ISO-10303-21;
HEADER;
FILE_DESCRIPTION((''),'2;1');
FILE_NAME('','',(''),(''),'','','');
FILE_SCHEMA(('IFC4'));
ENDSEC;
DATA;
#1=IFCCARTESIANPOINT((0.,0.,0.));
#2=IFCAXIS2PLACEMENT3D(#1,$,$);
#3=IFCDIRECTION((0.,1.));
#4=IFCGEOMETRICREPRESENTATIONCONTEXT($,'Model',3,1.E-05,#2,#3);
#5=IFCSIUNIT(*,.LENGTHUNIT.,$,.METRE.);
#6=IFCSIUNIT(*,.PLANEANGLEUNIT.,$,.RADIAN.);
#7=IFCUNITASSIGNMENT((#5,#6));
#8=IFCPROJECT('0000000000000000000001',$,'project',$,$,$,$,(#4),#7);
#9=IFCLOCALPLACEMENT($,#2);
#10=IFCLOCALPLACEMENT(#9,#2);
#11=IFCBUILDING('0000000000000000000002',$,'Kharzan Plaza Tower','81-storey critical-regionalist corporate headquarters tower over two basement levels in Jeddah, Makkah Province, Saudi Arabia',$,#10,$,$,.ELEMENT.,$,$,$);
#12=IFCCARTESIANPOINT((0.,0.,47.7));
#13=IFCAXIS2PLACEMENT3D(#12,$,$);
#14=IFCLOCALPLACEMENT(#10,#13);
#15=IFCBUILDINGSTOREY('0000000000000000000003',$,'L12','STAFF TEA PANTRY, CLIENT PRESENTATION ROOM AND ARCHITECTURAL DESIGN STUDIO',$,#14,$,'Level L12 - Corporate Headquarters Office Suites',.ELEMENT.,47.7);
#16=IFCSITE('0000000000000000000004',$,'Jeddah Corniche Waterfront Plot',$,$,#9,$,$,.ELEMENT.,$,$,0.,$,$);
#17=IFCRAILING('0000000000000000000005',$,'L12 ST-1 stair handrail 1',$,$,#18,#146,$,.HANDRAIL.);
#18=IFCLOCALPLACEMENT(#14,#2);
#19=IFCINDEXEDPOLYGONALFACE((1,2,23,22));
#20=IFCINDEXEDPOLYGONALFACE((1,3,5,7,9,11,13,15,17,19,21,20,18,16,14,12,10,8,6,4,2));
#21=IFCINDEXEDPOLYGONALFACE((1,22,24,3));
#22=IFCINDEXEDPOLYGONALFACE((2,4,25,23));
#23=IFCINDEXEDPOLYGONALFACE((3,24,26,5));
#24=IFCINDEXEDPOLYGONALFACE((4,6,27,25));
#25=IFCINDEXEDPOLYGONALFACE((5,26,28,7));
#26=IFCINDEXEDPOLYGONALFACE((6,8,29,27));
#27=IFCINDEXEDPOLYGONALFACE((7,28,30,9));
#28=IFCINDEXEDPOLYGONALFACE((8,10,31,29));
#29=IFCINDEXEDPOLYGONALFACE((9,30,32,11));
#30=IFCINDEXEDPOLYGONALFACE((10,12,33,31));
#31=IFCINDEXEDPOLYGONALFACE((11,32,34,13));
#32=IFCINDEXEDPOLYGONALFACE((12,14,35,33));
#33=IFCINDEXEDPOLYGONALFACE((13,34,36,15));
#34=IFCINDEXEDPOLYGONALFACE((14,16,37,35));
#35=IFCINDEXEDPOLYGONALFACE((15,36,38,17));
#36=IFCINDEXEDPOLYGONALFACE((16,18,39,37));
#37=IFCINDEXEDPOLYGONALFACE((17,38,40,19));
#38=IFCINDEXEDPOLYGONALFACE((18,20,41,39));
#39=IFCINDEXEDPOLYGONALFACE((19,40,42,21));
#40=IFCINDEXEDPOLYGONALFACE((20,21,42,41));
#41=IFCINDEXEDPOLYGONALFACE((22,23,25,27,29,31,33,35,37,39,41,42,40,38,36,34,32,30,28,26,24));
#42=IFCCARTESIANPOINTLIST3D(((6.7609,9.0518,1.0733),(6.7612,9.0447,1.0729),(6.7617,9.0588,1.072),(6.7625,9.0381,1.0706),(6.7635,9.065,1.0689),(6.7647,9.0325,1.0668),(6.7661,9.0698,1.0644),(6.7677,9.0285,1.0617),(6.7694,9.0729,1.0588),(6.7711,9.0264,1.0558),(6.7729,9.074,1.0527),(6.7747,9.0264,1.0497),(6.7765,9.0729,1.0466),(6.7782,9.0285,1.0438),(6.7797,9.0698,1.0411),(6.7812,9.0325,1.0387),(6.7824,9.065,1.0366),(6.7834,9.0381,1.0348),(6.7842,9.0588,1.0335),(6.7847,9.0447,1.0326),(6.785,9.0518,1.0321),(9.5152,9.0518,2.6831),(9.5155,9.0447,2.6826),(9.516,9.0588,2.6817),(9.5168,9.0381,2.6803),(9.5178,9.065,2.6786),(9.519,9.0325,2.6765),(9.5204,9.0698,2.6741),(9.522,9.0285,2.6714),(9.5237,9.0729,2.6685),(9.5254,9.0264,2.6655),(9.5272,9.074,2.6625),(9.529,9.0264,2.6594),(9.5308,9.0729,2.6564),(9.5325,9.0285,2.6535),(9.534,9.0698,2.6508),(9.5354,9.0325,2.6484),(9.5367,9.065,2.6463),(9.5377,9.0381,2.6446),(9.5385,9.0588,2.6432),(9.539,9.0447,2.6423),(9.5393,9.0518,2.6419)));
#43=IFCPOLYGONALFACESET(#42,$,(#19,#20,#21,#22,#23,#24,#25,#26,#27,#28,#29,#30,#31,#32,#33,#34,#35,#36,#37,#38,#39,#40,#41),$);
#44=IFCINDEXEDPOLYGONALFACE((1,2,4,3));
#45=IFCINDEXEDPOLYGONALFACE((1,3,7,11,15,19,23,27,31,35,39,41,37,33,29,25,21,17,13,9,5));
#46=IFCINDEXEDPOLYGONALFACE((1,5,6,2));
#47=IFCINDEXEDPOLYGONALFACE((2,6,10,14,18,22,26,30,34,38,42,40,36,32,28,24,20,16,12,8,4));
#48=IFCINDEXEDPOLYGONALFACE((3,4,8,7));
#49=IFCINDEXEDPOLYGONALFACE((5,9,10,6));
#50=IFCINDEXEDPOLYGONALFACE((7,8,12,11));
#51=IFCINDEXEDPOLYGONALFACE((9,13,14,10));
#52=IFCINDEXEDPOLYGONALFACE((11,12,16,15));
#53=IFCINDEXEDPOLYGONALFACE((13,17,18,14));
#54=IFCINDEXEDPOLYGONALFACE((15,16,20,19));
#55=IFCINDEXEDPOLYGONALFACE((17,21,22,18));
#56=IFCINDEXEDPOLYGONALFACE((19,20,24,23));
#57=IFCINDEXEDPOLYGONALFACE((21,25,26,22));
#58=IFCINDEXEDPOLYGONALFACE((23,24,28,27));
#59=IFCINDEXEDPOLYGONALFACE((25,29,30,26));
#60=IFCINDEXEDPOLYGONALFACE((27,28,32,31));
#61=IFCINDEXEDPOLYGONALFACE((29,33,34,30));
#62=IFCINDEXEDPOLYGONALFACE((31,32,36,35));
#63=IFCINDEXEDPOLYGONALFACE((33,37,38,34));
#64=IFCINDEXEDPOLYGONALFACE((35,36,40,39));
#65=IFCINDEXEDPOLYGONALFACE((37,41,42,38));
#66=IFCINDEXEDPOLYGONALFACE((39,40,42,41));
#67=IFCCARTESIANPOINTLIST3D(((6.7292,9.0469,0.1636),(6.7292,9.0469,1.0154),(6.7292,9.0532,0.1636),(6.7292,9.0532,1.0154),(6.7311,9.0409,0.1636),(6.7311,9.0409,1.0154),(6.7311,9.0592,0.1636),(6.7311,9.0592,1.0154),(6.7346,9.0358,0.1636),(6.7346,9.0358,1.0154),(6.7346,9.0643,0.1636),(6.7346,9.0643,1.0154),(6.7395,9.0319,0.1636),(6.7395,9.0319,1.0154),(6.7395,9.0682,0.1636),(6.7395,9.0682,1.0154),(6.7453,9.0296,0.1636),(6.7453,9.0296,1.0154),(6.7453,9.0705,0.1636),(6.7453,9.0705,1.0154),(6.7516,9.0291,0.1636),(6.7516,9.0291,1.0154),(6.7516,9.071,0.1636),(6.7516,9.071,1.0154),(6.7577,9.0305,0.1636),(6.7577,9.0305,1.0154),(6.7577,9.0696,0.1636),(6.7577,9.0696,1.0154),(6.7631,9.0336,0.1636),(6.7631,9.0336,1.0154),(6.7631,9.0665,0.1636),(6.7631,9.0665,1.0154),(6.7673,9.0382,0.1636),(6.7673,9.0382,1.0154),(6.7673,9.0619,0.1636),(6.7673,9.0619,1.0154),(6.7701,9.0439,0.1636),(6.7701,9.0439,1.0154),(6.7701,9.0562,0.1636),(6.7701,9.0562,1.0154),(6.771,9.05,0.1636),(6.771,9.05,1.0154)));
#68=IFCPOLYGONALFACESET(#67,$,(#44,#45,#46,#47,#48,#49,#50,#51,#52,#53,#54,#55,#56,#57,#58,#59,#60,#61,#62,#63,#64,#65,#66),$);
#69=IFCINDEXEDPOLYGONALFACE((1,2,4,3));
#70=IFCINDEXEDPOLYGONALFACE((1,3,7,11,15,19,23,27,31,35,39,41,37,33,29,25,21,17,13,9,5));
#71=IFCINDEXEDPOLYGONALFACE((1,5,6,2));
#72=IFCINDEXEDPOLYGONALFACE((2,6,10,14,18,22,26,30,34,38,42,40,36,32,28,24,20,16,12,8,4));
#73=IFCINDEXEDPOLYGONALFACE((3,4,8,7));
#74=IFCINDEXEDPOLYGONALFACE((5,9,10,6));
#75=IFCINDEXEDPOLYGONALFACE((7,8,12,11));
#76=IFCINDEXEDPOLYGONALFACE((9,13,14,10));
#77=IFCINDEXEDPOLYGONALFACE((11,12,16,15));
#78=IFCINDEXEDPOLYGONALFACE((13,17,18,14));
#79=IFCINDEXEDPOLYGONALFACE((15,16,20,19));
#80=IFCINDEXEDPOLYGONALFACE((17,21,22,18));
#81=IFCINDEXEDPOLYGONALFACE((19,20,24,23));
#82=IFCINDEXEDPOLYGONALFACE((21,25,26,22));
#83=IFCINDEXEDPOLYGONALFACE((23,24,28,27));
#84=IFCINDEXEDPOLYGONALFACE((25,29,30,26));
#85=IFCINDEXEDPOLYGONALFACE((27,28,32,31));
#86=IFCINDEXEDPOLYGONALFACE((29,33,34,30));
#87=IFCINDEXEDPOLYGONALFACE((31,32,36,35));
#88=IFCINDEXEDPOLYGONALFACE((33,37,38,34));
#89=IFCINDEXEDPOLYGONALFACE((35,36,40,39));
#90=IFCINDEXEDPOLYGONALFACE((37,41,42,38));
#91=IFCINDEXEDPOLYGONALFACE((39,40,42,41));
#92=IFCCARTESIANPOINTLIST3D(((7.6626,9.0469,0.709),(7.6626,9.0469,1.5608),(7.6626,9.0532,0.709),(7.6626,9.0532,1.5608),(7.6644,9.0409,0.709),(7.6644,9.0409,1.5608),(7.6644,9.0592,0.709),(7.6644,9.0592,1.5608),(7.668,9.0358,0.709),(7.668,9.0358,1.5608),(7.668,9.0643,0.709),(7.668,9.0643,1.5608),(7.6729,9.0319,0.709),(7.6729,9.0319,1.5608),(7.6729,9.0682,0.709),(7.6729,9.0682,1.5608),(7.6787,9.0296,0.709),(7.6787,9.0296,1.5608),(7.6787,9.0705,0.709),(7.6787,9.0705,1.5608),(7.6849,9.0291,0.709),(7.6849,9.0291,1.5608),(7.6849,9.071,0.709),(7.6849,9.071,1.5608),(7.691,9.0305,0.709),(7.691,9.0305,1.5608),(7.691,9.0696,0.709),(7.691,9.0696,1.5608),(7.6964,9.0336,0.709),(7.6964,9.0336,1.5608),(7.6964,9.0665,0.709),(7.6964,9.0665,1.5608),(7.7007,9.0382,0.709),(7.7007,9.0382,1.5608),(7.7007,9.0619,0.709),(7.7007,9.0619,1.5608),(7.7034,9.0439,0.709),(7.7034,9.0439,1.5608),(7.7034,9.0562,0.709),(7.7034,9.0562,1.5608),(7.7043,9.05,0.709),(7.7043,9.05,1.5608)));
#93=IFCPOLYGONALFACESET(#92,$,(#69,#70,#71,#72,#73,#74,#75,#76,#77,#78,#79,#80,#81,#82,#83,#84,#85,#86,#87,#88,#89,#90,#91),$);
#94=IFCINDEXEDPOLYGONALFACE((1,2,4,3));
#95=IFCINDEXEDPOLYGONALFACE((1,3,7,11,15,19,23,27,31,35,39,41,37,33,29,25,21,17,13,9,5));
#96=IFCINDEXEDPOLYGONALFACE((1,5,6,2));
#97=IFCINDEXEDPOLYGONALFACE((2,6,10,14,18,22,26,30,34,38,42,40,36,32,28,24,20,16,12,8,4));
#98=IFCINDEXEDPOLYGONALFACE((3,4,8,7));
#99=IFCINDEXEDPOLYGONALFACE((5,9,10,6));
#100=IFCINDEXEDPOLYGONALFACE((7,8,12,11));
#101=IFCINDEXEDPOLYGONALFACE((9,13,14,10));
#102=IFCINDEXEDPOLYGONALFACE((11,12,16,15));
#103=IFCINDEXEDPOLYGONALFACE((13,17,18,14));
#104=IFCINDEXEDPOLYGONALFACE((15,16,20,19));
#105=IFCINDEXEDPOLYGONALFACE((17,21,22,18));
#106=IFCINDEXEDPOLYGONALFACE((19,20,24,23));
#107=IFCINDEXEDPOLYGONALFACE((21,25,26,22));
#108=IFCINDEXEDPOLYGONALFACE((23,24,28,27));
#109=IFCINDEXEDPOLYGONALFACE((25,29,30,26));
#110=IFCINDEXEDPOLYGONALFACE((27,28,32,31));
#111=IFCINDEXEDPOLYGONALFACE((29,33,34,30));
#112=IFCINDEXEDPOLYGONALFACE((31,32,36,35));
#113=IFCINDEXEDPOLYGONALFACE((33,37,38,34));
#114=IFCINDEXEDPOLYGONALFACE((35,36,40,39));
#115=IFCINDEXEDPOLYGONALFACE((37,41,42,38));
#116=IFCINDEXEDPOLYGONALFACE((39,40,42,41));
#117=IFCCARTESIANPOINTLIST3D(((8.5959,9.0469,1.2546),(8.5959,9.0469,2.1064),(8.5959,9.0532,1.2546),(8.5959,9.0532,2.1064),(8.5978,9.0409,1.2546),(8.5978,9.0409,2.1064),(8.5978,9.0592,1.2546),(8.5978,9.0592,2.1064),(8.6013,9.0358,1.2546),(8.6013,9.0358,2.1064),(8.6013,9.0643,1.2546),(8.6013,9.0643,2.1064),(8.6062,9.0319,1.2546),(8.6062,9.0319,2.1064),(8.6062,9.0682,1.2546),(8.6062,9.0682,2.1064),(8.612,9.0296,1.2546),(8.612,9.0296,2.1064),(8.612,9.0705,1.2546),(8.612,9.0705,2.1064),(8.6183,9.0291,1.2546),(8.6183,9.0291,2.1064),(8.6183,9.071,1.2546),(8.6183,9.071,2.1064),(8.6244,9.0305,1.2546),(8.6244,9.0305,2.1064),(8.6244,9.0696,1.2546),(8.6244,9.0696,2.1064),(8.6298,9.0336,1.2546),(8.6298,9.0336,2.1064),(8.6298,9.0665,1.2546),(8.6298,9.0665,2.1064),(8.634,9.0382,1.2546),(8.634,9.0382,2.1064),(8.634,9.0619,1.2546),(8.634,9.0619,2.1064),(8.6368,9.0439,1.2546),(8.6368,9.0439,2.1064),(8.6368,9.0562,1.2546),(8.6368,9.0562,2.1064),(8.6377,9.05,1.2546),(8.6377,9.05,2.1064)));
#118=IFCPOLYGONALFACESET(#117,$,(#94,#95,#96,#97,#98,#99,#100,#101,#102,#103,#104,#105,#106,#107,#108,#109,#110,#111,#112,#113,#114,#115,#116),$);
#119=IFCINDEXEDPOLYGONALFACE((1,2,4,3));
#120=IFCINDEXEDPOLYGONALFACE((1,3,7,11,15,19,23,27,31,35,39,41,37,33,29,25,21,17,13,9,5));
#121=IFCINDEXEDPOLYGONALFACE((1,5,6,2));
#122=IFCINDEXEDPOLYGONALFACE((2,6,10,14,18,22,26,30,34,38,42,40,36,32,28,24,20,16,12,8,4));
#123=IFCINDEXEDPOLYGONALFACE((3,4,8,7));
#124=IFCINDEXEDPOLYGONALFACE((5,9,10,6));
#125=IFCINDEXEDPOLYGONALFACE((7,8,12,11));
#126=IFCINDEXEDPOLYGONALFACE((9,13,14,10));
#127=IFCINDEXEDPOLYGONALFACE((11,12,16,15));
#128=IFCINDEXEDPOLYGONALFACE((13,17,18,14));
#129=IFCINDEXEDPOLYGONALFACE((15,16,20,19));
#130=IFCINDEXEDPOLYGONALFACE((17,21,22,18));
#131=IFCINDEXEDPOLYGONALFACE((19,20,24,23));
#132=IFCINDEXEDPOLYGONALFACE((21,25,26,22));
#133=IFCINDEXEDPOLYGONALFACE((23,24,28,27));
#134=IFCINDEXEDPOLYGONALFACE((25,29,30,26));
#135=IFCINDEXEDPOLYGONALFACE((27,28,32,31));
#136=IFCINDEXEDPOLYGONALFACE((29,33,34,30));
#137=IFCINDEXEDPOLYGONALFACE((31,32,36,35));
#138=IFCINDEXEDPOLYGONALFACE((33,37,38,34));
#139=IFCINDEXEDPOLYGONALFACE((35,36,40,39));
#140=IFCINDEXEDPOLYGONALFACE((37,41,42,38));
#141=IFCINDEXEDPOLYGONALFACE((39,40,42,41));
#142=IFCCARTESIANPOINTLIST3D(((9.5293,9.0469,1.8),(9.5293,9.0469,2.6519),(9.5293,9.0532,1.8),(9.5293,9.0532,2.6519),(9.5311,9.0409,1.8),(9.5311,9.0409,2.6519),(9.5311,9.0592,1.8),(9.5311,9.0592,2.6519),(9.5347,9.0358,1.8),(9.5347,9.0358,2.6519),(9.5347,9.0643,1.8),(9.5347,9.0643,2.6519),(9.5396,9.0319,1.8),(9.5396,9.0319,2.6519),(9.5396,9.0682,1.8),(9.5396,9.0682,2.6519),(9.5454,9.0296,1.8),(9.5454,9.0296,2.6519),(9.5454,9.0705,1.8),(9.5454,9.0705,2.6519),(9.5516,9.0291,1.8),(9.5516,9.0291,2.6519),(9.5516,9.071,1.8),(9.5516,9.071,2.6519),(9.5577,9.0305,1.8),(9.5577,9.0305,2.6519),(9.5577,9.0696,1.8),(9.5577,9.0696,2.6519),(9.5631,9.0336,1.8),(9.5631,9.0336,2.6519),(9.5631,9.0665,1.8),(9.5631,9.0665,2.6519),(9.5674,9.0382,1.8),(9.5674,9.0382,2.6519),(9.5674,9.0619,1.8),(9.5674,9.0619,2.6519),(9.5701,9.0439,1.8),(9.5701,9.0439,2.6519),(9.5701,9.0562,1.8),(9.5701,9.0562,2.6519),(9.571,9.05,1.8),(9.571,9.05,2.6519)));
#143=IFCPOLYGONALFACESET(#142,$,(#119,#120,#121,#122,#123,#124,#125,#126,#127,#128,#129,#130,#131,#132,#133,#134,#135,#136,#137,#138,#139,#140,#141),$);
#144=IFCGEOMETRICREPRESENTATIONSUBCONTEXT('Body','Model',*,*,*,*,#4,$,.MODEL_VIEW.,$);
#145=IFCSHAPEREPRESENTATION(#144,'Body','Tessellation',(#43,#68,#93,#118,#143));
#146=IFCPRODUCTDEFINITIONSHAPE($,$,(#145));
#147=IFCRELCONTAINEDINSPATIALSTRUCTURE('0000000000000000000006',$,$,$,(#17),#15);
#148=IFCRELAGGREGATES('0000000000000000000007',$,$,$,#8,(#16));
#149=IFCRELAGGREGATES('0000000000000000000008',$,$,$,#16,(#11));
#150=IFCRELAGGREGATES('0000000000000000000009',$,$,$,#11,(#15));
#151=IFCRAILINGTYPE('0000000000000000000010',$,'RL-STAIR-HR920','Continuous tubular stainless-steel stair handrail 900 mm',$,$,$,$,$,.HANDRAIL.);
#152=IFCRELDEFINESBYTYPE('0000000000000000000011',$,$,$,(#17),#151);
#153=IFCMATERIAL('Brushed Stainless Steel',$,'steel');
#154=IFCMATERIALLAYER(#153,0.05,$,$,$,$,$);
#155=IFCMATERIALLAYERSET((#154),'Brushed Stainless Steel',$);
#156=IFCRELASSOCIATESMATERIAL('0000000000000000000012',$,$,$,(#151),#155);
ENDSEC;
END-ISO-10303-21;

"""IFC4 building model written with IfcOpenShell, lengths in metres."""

from ifc_helpers import new_model, si_unit, direction, frame, origin, origin_2d, place, context, subcontext, project, spatial, circle, extrude, source, transform, mapped, material, layer, layer_set, type_object, element, save


model = new_model("IFC4")

# Units and contexts
model_context = context("Model", 3, precision=1e-05, world=origin(), true_north=direction((0.0, 1.0)))
body_context = subcontext(model_context, "Body", "Model", "MODEL_VIEW")
ifc_project = project(units=[si_unit("LENGTHUNIT", "METRE"), si_unit("PLANEANGLEUNIT", "RADIAN")], contexts=[model_context])

# Site, building, storey
site_placement = place(None, origin())
site = spatial("IfcSite", under=ifc_project, at=site_placement, Name="Jeddah Corniche Waterfront Plot", CompositionType="ELEMENT", RefElevation=0.0)
building_placement = place(site_placement, origin())
building = spatial("IfcBuilding", under=site, at=building_placement, Name="Kharzan Plaza Tower", Description="81-storey critical-regionalist corporate headquarters tower over two basement levels in Jeddah, Makkah Province, Saudi Arabia", CompositionType="ELEMENT")
storey_placement = place(building_placement, frame((0.0, 0.0, 47.7)))
storey = spatial("IfcBuildingStorey", under=building, at=storey_placement, Name="L12", Description="STAFF TEA PANTRY, CLIENT PRESENTATION ROOM AND ARCHITECTURAL DESIGN STUDIO", LongName="Level L12 - Corporate Headquarters Office Suites", CompositionType="ELEMENT", Elevation=47.7)

# Railing
ifc_material_1 = material(Name="Brushed Stainless Steel", Category="steel")
ifc_layer_1 = layer(ifc_material_1, 0.05)
ifc_layer_set_1 = layer_set([ifc_layer_1], Name="Brushed Stainless Steel")
railing_type_1 = type_object("IfcRailingType", Name="RL-STAIR-HR920", Description="Continuous tubular stainless-steel stair handrail 900 mm", PredefinedType="HANDRAIL", material=ifc_layer_set_1)
shared_shape_1 = source(origin(), body_context, "Body", "SweptSolid", [
    extrude(circle(Radius=0.0239, at=origin_2d()), frame((0.0229, 0.0, 0.8892), z_axis=(0.863361, 0.0, 0.504587), x_axis=(0.0, 1.0, 0.0)), (0.0, 0.0, 1.0), 3.1902),
    extrude(circle(Radius=0.021, at=origin_2d()), origin(), (0.0, 0.0, 1.0), 0.8518),
    extrude(circle(Radius=0.021, at=origin_2d()), frame((0.9333, 0.0, 0.5454)), (0.0, 0.0, 1.0), 0.8518),
    extrude(circle(Radius=0.021, at=origin_2d()), frame((1.8667, 0.0, 1.0911)), (0.0, 0.0, 1.0), 0.8518),
    extrude(circle(Radius=0.021, at=origin_2d()), frame((2.8, 0.0, 1.6365)), (0.0, 0.0, 1.0), 0.8518),
])
railing_1_placement = place(storey_placement, frame((6.75, 9.05, 0.1636)))
element("IfcRailing", 1, at=railing_1_placement, inside=storey, type_object=railing_type_1, Name="L12 ST-1 stair handrail 1", PredefinedType="HANDRAIL", context=body_context, shape_type="MappedRepresentation", body=[
    mapped(shared_shape_1, transform((0.0, 0.0, 0.0), x_axis=(1.0, 0.0, 0.0), y_axis=(0.0, 1.0, 0.0), z_axis=(0.0, 0.0, 1.0))),
])

save(model, "model.ifc")
